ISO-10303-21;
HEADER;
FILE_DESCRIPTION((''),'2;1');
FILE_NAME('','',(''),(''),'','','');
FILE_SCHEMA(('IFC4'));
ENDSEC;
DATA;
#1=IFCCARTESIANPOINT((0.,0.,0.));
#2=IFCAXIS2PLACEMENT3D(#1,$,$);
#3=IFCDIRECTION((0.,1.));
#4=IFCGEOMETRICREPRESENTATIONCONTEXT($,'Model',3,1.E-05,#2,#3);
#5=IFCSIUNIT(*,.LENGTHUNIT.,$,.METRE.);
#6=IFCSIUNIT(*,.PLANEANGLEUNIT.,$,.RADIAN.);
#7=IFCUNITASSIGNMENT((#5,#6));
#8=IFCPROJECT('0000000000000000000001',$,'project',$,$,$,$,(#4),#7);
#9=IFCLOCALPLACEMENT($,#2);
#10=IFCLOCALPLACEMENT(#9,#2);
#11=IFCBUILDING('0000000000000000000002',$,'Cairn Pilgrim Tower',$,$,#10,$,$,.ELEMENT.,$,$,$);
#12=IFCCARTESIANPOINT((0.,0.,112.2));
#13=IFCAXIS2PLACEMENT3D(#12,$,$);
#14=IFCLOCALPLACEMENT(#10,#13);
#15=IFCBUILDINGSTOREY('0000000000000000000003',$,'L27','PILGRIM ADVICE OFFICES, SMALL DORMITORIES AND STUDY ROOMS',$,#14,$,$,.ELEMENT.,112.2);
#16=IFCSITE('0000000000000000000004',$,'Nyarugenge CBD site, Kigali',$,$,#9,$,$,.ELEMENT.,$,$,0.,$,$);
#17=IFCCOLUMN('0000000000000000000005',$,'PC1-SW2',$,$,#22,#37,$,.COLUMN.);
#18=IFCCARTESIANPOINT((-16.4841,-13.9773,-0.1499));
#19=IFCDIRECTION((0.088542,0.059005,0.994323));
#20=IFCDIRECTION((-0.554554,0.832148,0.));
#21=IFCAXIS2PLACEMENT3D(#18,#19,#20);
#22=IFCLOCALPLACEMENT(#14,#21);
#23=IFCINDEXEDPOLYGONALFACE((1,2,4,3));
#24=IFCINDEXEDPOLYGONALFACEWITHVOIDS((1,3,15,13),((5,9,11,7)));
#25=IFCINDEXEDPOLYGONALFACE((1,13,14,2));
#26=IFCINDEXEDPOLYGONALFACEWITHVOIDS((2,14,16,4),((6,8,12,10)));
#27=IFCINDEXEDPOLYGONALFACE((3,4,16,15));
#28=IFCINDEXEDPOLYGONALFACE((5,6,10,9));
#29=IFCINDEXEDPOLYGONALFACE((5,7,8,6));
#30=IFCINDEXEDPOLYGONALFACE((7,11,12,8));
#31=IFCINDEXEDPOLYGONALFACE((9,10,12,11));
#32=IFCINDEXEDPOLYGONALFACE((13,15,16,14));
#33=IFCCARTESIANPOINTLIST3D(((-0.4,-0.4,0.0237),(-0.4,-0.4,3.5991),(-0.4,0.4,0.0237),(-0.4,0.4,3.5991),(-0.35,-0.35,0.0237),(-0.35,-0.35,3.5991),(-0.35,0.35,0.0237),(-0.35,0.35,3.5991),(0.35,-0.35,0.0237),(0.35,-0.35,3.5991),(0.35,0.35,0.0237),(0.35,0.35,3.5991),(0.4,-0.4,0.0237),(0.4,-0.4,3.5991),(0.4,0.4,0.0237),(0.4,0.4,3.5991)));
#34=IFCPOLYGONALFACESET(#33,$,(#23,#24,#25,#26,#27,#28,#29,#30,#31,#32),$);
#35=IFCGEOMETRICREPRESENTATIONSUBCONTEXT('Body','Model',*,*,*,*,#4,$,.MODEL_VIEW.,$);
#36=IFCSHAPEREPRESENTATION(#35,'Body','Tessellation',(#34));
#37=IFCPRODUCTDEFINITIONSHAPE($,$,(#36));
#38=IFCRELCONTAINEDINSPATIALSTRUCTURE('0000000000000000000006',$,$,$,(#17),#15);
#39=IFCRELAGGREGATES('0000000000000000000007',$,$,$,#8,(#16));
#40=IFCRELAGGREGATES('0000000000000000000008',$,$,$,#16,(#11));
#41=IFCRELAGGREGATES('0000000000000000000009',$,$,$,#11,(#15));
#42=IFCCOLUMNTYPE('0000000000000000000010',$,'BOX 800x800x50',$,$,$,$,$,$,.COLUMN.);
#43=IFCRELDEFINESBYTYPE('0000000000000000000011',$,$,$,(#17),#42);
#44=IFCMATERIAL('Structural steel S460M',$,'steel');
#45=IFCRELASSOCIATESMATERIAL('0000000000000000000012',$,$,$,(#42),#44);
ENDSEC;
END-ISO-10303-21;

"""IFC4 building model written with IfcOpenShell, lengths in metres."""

from ifc_helpers import new_model, si_unit, direction, frame, origin, origin_2d, place, context, subcontext, project, spatial, hollow_rectangle, extrude, clip, halfspace, material, material_profile, profile_set, type_object, element, save


model = new_model("IFC4")

# Units and contexts
model_context = context("Model", 3, precision=1e-05, world=origin(), true_north=direction((0.0, 1.0)))
body_context = subcontext(model_context, "Body", "Model", "MODEL_VIEW")
ifc_project = project(units=[si_unit("LENGTHUNIT", "METRE"), si_unit("PLANEANGLEUNIT", "RADIAN")], contexts=[model_context])

# Site, building, storey
site_placement = place(None, origin())
site = spatial("IfcSite", under=ifc_project, at=site_placement, Name="Nyarugenge CBD site, Kigali", CompositionType="ELEMENT", RefElevation=0.0)
building_placement = place(site_placement, origin())
building = spatial("IfcBuilding", under=site, at=building_placement, Name="Cairn Pilgrim Tower", CompositionType="ELEMENT")
storey_placement = place(building_placement, frame((0.0, 0.0, 112.2)))
storey = spatial("IfcBuildingStorey", under=building, at=storey_placement, Name="L27", Description="PILGRIM ADVICE OFFICES, SMALL DORMITORIES AND STUDY ROOMS", CompositionType="ELEMENT", Elevation=112.2)

# Column
ifc_material_1 = material(Name="Structural steel S460M", Category="steel")
ifc_material_profile_1 = material_profile(ifc_material_1, hollow_rectangle(XDim=0.8, YDim=0.8, WallThickness=0.05, at=origin_2d()), Name="BOX 800x800x50")
ifc_profile_set_1 = profile_set([ifc_material_profile_1], Name="Structural steel S460M")
column_type = type_object("IfcColumnType", Name="BOX 800x800x50", PredefinedType="COLUMN", material=ifc_profile_set_1)
column_placement = place(storey_placement, frame((-16.4841, -13.9773, -0.1499), z_axis=(0.088542, 0.059005, 0.994323), x_axis=(-0.554554, 0.832148, 0.0)))
element("IfcColumn", 1, at=column_placement, inside=storey, type_object=column_type, Name="PC1-SW2", PredefinedType="COLUMN", context=body_context, shape_type="Clipping", body=[
    clip(clip(extrude(hollow_rectangle(XDim=0.8, YDim=0.8, WallThickness=0.05, at=origin_2d()), origin(), (0.0, 0.0, 1.0), 3.6204), halfspace(frame((0.0, 0.0, 0.0237), z_axis=(0.0, 0.0, 1.0), x_axis=(1.0, 0.0, 0.0)), True)), halfspace(frame((0.0, 0.0, 3.5991), z_axis=(0.0, 0.0, 1.0), x_axis=(1.0, 0.0, 0.0)), False)),
])

save(model, "model.ifc")
